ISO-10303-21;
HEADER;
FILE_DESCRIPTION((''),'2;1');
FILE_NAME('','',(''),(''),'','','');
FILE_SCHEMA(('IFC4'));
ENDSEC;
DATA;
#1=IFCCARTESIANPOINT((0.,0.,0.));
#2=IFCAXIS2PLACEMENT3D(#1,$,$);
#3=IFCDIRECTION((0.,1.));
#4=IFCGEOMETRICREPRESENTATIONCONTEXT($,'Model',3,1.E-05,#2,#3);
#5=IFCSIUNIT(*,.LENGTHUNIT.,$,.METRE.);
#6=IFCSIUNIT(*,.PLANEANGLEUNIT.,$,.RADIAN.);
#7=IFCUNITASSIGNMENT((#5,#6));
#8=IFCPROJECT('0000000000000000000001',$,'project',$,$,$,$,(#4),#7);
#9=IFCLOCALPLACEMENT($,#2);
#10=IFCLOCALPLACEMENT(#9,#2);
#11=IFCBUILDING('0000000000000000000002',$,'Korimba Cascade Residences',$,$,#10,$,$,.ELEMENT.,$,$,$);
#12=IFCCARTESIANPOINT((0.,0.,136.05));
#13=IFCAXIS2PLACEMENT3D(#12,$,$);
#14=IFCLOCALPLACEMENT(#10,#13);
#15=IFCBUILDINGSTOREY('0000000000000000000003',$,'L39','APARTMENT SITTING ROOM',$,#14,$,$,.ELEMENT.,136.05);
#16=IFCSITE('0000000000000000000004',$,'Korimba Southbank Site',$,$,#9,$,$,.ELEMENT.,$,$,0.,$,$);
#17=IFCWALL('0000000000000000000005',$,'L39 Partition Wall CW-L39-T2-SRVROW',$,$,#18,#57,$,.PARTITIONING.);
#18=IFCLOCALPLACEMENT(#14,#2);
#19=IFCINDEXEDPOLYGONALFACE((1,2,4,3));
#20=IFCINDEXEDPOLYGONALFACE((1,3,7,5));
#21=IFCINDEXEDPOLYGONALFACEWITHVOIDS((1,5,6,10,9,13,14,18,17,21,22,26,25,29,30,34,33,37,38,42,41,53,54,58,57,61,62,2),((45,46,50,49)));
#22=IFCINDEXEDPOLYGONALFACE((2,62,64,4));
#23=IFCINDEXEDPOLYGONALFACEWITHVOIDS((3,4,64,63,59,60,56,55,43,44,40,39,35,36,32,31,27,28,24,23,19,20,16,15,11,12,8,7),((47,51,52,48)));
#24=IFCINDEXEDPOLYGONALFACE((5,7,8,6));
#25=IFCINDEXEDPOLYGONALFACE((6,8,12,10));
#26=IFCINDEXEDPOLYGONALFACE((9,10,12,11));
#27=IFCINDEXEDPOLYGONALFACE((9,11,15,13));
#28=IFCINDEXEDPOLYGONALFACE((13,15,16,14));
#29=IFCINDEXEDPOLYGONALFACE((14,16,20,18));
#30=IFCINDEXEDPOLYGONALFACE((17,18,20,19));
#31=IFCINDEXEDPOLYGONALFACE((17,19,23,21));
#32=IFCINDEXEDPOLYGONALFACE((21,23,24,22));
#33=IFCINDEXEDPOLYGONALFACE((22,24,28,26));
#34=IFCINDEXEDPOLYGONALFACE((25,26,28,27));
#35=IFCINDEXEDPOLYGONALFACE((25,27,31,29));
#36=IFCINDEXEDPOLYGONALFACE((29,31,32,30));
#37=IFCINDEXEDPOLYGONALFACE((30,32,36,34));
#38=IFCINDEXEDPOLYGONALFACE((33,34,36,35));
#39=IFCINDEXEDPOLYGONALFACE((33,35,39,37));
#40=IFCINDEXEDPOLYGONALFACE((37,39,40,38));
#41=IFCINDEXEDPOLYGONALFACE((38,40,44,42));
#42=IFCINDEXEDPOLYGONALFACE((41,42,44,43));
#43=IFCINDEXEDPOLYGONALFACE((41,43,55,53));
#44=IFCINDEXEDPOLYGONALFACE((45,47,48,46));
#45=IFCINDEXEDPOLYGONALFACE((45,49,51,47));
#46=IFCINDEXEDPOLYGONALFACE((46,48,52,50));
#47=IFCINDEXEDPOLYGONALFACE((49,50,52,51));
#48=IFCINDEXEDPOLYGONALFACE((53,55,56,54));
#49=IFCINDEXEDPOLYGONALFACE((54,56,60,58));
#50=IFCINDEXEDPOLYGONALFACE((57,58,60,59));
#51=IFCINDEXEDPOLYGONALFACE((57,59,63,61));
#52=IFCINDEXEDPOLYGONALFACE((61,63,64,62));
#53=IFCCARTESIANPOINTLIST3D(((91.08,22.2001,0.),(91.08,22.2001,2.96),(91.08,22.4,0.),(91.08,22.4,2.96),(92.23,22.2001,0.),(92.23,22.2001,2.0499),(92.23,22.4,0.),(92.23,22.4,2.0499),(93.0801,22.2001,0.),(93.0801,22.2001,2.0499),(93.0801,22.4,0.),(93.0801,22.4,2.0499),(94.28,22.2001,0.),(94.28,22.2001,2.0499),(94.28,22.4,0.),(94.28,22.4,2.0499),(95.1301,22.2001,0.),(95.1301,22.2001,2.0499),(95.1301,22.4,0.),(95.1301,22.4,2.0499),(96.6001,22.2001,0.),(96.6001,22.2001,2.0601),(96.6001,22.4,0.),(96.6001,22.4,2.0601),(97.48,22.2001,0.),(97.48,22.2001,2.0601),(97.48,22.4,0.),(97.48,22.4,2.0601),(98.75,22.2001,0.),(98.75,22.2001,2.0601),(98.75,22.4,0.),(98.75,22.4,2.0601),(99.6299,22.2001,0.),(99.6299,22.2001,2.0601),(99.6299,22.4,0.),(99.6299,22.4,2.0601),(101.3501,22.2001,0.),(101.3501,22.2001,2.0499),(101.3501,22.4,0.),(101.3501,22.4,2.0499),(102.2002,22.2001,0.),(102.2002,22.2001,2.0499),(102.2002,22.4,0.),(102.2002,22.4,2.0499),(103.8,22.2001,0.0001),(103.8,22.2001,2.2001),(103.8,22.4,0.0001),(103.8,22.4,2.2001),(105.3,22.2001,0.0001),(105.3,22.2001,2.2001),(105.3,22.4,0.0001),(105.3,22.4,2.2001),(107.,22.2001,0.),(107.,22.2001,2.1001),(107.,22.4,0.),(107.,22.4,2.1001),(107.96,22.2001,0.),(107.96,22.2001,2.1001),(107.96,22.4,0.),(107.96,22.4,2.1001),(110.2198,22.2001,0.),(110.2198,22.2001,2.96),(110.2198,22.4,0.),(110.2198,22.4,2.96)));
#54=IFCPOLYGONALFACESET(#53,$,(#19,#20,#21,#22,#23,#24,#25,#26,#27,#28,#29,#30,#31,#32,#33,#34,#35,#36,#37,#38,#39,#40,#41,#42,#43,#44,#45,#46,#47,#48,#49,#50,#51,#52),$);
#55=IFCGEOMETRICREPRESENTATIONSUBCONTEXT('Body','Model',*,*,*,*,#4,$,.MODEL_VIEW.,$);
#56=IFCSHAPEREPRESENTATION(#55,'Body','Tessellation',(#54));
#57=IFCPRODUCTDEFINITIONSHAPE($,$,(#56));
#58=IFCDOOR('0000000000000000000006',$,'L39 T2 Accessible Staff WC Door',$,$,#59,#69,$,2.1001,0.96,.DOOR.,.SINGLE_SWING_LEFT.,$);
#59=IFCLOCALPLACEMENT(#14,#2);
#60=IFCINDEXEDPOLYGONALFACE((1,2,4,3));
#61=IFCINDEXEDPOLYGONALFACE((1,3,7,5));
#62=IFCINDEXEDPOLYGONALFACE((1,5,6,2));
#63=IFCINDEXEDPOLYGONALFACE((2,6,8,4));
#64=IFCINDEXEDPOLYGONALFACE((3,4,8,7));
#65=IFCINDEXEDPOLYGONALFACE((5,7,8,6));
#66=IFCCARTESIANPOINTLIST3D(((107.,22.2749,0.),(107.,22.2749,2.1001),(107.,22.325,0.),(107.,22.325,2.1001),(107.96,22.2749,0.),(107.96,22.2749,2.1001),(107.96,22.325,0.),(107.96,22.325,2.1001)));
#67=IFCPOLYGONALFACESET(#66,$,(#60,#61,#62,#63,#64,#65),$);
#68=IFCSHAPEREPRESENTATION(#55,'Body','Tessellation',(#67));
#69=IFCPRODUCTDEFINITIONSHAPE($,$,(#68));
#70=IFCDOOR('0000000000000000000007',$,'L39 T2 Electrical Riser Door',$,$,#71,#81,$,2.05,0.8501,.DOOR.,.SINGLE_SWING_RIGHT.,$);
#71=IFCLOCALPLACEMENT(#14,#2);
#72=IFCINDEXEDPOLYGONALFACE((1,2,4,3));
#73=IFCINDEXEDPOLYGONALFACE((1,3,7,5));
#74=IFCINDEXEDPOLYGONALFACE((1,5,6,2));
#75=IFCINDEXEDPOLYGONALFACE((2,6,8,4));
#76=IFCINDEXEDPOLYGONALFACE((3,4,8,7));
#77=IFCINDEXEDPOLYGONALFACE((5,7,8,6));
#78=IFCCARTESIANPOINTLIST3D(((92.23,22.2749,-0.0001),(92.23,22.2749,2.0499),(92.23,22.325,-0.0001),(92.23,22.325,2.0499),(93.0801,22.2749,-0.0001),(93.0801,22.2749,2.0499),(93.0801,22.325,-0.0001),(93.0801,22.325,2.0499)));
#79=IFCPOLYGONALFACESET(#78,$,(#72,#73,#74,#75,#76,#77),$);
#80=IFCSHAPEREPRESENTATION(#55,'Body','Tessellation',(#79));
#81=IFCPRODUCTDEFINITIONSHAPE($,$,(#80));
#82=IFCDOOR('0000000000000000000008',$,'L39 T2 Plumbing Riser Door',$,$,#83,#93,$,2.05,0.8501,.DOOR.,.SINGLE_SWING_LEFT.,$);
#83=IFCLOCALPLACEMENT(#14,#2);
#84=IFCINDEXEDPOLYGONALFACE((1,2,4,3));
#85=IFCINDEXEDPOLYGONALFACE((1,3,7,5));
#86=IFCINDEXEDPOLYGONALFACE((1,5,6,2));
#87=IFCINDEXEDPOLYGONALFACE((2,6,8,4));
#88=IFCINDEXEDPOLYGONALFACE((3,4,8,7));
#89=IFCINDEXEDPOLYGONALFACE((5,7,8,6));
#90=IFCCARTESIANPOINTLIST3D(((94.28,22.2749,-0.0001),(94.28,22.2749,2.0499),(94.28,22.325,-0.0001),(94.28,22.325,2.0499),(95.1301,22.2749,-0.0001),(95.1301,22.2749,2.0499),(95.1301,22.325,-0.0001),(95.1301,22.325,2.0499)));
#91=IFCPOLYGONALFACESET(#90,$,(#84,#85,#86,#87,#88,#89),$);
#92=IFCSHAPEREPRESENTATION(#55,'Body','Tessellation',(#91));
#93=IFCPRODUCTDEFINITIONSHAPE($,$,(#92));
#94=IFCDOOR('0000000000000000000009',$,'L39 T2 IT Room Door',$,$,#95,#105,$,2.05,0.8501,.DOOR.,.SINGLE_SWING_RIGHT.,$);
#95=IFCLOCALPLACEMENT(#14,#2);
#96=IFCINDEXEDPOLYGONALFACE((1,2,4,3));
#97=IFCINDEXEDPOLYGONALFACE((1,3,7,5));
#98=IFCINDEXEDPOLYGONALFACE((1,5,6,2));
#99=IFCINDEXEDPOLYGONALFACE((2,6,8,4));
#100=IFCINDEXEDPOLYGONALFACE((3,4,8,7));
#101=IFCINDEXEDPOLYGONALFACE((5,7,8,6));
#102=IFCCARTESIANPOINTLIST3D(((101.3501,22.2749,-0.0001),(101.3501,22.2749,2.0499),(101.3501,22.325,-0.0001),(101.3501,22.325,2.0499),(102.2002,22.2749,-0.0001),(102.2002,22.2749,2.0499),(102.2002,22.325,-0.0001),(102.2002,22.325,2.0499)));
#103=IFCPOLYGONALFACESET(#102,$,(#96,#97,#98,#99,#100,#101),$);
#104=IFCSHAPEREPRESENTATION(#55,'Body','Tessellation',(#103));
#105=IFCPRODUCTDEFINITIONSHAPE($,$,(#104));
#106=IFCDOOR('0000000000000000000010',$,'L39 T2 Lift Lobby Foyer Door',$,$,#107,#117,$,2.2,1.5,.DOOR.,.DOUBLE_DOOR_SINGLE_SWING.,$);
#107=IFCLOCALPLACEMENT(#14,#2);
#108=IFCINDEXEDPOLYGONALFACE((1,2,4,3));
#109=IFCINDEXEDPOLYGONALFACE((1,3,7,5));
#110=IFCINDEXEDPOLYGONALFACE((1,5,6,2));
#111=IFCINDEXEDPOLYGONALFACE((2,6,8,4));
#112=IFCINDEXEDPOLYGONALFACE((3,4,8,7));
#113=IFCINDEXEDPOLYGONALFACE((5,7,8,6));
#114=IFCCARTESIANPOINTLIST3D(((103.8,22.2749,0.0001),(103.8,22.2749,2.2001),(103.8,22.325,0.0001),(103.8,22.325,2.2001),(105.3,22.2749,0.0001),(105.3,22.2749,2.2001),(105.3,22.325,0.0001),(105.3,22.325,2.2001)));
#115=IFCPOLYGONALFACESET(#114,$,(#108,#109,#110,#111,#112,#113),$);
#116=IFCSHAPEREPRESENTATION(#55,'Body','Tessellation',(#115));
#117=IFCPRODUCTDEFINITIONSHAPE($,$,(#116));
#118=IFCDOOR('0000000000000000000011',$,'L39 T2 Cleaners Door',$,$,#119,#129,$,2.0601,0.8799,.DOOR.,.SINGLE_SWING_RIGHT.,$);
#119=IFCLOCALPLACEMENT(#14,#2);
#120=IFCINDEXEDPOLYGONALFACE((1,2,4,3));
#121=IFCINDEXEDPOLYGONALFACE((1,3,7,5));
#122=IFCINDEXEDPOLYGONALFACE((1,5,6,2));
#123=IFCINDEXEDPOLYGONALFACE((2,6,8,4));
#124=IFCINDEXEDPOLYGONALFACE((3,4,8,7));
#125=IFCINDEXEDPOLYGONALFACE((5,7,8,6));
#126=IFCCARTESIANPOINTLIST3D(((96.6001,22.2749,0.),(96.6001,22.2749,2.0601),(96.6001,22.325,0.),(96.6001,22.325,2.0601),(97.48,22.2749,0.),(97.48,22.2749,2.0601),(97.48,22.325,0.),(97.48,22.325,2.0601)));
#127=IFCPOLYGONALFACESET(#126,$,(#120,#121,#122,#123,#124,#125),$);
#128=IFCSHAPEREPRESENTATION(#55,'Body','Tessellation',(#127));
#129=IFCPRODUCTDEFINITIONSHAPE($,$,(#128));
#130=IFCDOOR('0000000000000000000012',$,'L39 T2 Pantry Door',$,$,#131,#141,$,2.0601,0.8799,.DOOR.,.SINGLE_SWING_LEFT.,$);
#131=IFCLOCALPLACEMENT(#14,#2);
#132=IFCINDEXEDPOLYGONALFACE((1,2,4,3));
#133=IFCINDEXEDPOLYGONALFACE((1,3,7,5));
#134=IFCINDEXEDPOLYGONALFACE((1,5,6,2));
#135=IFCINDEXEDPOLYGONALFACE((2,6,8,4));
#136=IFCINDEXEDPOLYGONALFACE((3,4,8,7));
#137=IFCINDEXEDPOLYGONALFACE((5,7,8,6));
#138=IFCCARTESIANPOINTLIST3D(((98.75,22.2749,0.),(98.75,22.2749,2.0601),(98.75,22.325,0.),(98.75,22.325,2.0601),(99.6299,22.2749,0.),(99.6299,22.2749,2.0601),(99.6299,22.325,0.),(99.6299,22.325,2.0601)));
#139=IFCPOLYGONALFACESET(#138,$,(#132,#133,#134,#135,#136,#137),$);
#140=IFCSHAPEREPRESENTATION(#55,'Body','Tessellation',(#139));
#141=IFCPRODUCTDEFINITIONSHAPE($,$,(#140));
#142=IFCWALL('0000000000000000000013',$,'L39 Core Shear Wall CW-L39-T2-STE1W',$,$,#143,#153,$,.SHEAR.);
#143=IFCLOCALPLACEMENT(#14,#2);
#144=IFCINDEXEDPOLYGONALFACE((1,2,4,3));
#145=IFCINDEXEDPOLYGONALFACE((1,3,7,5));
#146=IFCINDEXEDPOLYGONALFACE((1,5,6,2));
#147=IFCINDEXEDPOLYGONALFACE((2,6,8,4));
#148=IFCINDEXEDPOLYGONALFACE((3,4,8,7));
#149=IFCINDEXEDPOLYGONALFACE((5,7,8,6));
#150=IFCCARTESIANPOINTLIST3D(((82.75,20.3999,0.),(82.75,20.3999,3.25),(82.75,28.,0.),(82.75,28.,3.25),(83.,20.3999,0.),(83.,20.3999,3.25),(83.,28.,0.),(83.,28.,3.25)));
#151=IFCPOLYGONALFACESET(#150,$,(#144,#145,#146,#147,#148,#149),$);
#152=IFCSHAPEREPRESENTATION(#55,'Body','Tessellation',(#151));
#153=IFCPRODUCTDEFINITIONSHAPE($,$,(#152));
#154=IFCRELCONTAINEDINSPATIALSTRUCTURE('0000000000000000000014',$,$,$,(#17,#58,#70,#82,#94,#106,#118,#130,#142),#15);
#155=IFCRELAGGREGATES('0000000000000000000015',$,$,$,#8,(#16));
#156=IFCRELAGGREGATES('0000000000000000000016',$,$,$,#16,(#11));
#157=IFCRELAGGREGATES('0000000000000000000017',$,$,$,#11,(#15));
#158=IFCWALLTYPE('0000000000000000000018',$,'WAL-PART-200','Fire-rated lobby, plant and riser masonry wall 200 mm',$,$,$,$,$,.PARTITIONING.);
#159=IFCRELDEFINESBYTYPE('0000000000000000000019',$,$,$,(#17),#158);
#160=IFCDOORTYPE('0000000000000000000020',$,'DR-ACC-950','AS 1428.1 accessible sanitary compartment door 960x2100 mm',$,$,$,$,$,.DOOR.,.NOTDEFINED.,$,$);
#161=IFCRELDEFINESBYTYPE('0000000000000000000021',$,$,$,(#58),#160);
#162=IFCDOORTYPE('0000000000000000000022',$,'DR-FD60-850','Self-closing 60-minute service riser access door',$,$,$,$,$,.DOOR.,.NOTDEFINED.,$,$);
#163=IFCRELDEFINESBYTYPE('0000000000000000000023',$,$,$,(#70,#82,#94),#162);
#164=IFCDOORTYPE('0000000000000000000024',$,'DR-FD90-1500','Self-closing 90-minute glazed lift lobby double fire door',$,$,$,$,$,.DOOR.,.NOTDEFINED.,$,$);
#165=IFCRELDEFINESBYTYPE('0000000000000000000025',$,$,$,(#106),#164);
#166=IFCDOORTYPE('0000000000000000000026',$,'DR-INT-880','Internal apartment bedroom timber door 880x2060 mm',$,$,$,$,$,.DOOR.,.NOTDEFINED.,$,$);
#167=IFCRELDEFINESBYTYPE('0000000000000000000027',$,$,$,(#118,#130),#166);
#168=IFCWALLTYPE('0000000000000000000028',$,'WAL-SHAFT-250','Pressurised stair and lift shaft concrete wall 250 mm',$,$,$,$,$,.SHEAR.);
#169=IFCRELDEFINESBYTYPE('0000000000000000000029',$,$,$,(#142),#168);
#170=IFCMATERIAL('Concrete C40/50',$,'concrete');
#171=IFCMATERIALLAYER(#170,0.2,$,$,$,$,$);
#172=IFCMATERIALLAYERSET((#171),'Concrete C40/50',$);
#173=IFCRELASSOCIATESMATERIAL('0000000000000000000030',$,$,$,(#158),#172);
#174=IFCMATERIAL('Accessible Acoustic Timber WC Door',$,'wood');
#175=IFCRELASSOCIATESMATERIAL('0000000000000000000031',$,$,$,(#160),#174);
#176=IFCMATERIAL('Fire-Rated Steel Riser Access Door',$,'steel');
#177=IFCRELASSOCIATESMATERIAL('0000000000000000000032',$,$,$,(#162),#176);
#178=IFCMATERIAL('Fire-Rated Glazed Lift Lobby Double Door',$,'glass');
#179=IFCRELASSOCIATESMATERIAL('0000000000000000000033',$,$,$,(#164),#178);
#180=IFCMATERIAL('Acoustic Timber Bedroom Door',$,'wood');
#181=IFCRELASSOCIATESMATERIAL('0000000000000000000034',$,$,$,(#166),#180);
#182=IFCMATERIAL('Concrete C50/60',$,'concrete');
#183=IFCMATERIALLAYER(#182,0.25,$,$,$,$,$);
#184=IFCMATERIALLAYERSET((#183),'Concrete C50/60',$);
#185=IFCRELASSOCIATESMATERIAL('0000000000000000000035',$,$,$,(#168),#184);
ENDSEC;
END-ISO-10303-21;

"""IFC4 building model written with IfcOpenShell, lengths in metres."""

from ifc_helpers import new_model, si_unit, direction, frame, frame_2d, origin, place, context, subcontext, project, spatial, rectangle, extrude, material, layer, layer_set, type_object, element, fill, save


model = new_model("IFC4")

# Units and contexts
model_context = context("Model", 3, precision=1e-05, world=origin(), true_north=direction((0.0, 1.0)))
body_context = subcontext(model_context, "Body", "Model", "MODEL_VIEW")
ifc_project = project(units=[si_unit("LENGTHUNIT", "METRE"), si_unit("PLANEANGLEUNIT", "RADIAN")], contexts=[model_context])

# Site, building, storey
site_placement = place(None, origin())
site = spatial("IfcSite", under=ifc_project, at=site_placement, Name="Korimba Southbank Site", CompositionType="ELEMENT", RefElevation=0.0)
building_placement = place(site_placement, origin())
building = spatial("IfcBuilding", under=site, at=building_placement, Name="Korimba Cascade Residences", CompositionType="ELEMENT")
storey_placement = place(building_placement, frame((0.0, 0.0, 136.05)))
storey = spatial("IfcBuildingStorey", under=building, at=storey_placement, Name="L39", Description="APARTMENT SITTING ROOM", CompositionType="ELEMENT", Elevation=136.05)

# Shared definitions
ifc_material_1 = material(Name="Concrete C40/50", Category="concrete")
ifc_layer_1 = layer(ifc_material_1, 0.2)
ifc_layer_set_1 = layer_set([ifc_layer_1], Name="Concrete C40/50")
wall_type_1 = type_object("IfcWallType", Name="WAL-PART-200", Description="Fire-rated lobby, plant and riser masonry wall 200 mm", PredefinedType="PARTITIONING", material=ifc_layer_set_1)

# Wall, openings, doors
wall_1_placement = place(storey_placement, frame((91.0801, 22.3, 0.0), z_axis=(0.0, 0.0, 1.0), x_axis=(1.0, 0.0, 0.0)))
wall_1 = element("IfcWall", 1, at=wall_1_placement, inside=storey, type_object=wall_type_1, Name="L39 Partition Wall CW-L39-T2-SRVROW", PredefinedType="PARTITIONING", context=body_context, shape_type="SweptSolid", body=[
    extrude(rectangle(XDim=19.1399, YDim=0.2, at=frame_2d((9.5698, 0.0))), origin(), (0.0, 0.0, 1.0), 2.96),
])
opening_1_placement = place(wall_1_placement, frame((1.1499, 0.0, 0.0)))
opening_1 = element("IfcOpeningElement", 2, at=opening_1_placement, cuts=wall_1, PredefinedType="OPENING", context=body_context, shape_type="SweptSolid", body=[
    extrude(rectangle(XDim=0.8501, YDim=2.05, at=frame_2d((0.425, 1.0249))), frame((0.0, 0.1099, 0.0), z_axis=(0.0, -1.0, 0.0), x_axis=(1.0, 0.0, 0.0)), (0.0, 0.0, 1.0), 0.22),
])
opening_2_placement = place(wall_1_placement, frame((3.2, 0.0, 0.0)))
opening_2 = element("IfcOpeningElement", 3, at=opening_2_placement, cuts=wall_1, PredefinedType="OPENING", context=body_context, shape_type="SweptSolid", body=[
    extrude(rectangle(XDim=0.8501, YDim=2.05, at=frame_2d((0.425, 1.0249))), frame((0.0, 0.1099, 0.0), z_axis=(0.0, -1.0, 0.0), x_axis=(1.0, 0.0, 0.0)), (0.0, 0.0, 1.0), 0.22),
])
opening_3_placement = place(wall_1_placement, frame((12.72, 0.0, 0.0)))
opening_3 = element("IfcOpeningElement", 4, at=opening_3_placement, cuts=wall_1, PredefinedType="OPENING", context=body_context, shape_type="SweptSolid", body=[
    extrude(rectangle(XDim=1.5, YDim=2.2, at=frame_2d((0.75, 1.1001))), frame((0.0, 0.1099, 0.0), z_axis=(0.0, -1.0, 0.0), x_axis=(1.0, 0.0, 0.0)), (0.0, 0.0, 1.0), 0.22),
])
opening_4_placement = place(wall_1_placement, frame((5.52, 0.0, 0.0)))
opening_4 = element("IfcOpeningElement", 5, at=opening_4_placement, cuts=wall_1, PredefinedType="OPENING", context=body_context, shape_type="SweptSolid", body=[
    extrude(rectangle(XDim=0.8799, YDim=2.0601, at=frame_2d((0.4399, 1.03))), frame((0.0, 0.1099, 0.0), z_axis=(0.0, -1.0, 0.0), x_axis=(1.0, 0.0, 0.0)), (0.0, 0.0, 1.0), 0.22),
])
opening_5_placement = place(wall_1_placement, frame((7.6699, 0.0, 0.0)))
opening_5 = element("IfcOpeningElement", 6, at=opening_5_placement, cuts=wall_1, PredefinedType="OPENING", context=body_context, shape_type="SweptSolid", body=[
    extrude(rectangle(XDim=0.8799, YDim=2.0601, at=frame_2d((0.4399, 1.03))), frame((0.0, 0.1099, 0.0), z_axis=(0.0, -1.0, 0.0), x_axis=(1.0, 0.0, 0.0)), (0.0, 0.0, 1.0), 0.22),
])
opening_6_placement = place(wall_1_placement, frame((10.27, 0.0, 0.0)))
opening_6 = element("IfcOpeningElement", 7, at=opening_6_placement, cuts=wall_1, PredefinedType="OPENING", context=body_context, shape_type="SweptSolid", body=[
    extrude(rectangle(XDim=0.8501, YDim=2.05, at=frame_2d((0.425, 1.0249))), frame((0.0, 0.1099, 0.0), z_axis=(0.0, -1.0, 0.0), x_axis=(1.0, 0.0, 0.0)), (0.0, 0.0, 1.0), 0.22),
])
opening_7_placement = place(wall_1_placement, frame((15.9199, 0.0, 0.0)))
opening_7 = element("IfcOpeningElement", 8, at=opening_7_placement, cuts=wall_1, PredefinedType="OPENING", context=body_context, shape_type="SweptSolid", body=[
    extrude(rectangle(XDim=0.96, YDim=2.1001, at=frame_2d((0.48, 1.05))), frame((0.0, 0.1099, 0.0), z_axis=(0.0, -1.0, 0.0), x_axis=(1.0, 0.0, 0.0)), (0.0, 0.0, 1.0), 0.22),
])
ifc_material_2 = material(Name="Accessible Acoustic Timber WC Door", Category="wood")
door_type_1 = type_object("IfcDoorType", Name="DR-ACC-950", Description="AS 1428.1 accessible sanitary compartment door 960x2100 mm", OperationType="NOTDEFINED", PredefinedType="DOOR", material=ifc_material_2)
door_1_placement = place(opening_7_placement, origin())
door_1 = element("IfcDoor", 9, at=door_1_placement, inside=storey, type_object=door_type_1, Name="L39 T2 Accessible Staff WC Door", OperationType="SINGLE_SWING_LEFT", OverallHeight=2.1001, OverallWidth=0.96, PredefinedType="DOOR", context=body_context, shape_type="SweptSolid", body=[
    extrude(rectangle(XDim=0.96, YDim=2.1001, at=frame_2d((0.48, 1.05))), frame((0.0, 0.0249, 0.0), z_axis=(0.0, -1.0, 0.0), x_axis=(1.0, 0.0, 0.0)), (0.0, 0.0, 1.0), 0.05),
])
fill(opening_7, door_1)
ifc_material_3 = material(Name="Fire-Rated Steel Riser Access Door", Category="steel")
door_type_2 = type_object("IfcDoorType", Name="DR-FD60-850", Description="Self-closing 60-minute service riser access door", OperationType="NOTDEFINED", PredefinedType="DOOR", material=ifc_material_3)
door_2_placement = place(opening_1_placement, origin())
door_2 = element("IfcDoor", 10, at=door_2_placement, inside=storey, type_object=door_type_2, Name="L39 T2 Electrical Riser Door", OperationType="SINGLE_SWING_RIGHT", OverallHeight=2.05, OverallWidth=0.8501, PredefinedType="DOOR", context=body_context, shape_type="SweptSolid", body=[
    extrude(rectangle(XDim=0.8501, YDim=2.05, at=frame_2d((0.425, 1.0249))), frame((0.0, 0.0249, 0.0), z_axis=(0.0, -1.0, 0.0), x_axis=(1.0, 0.0, 0.0)), (0.0, 0.0, 1.0), 0.05),
])
fill(opening_1, door_2)
door_3_placement = place(opening_2_placement, origin())
door_3 = element("IfcDoor", 11, at=door_3_placement, inside=storey, type_object=door_type_2, Name="L39 T2 Plumbing Riser Door", OperationType="SINGLE_SWING_LEFT", OverallHeight=2.05, OverallWidth=0.8501, PredefinedType="DOOR", context=body_context, shape_type="SweptSolid", body=[
    extrude(rectangle(XDim=0.8501, YDim=2.05, at=frame_2d((0.425, 1.0249))), frame((0.0, 0.0249, 0.0), z_axis=(0.0, -1.0, 0.0), x_axis=(1.0, 0.0, 0.0)), (0.0, 0.0, 1.0), 0.05),
])
fill(opening_2, door_3)
door_4_placement = place(opening_6_placement, origin())
door_4 = element("IfcDoor", 12, at=door_4_placement, inside=storey, type_object=door_type_2, Name="L39 T2 IT Room Door", OperationType="SINGLE_SWING_RIGHT", OverallHeight=2.05, OverallWidth=0.8501, PredefinedType="DOOR", context=body_context, shape_type="SweptSolid", body=[
    extrude(rectangle(XDim=0.8501, YDim=2.05, at=frame_2d((0.425, 1.0249))), frame((0.0, 0.0249, 0.0), z_axis=(0.0, -1.0, 0.0), x_axis=(1.0, 0.0, 0.0)), (0.0, 0.0, 1.0), 0.05),
])
fill(opening_6, door_4)
ifc_material_4 = material(Name="Fire-Rated Glazed Lift Lobby Double Door", Category="glass")
door_type_3 = type_object("IfcDoorType", Name="DR-FD90-1500", Description="Self-closing 90-minute glazed lift lobby double fire door", OperationType="NOTDEFINED", PredefinedType="DOOR", material=ifc_material_4)
door_5_placement = place(opening_3_placement, origin())
door_5 = element("IfcDoor", 13, at=door_5_placement, inside=storey, type_object=door_type_3, Name="L39 T2 Lift Lobby Foyer Door", OperationType="DOUBLE_DOOR_SINGLE_SWING", OverallHeight=2.2, OverallWidth=1.5, PredefinedType="DOOR", context=body_context, shape_type="SweptSolid", body=[
    extrude(rectangle(XDim=1.5, YDim=2.2, at=frame_2d((0.75, 1.1001))), frame((0.0, 0.0249, 0.0), z_axis=(0.0, -1.0, 0.0), x_axis=(1.0, 0.0, 0.0)), (0.0, 0.0, 1.0), 0.05),
])
fill(opening_3, door_5)
ifc_material_5 = material(Name="Acoustic Timber Bedroom Door", Category="wood")
door_type_4 = type_object("IfcDoorType", Name="DR-INT-880", Description="Internal apartment bedroom timber door 880x2060 mm", OperationType="NOTDEFINED", PredefinedType="DOOR", material=ifc_material_5)
door_6_placement = place(opening_4_placement, origin())
door_6 = element("IfcDoor", 14, at=door_6_placement, inside=storey, type_object=door_type_4, Name="L39 T2 Cleaners Door", OperationType="SINGLE_SWING_RIGHT", OverallHeight=2.0601, OverallWidth=0.8799, PredefinedType="DOOR", context=body_context, shape_type="SweptSolid", body=[
    extrude(rectangle(XDim=0.8799, YDim=2.0601, at=frame_2d((0.4399, 1.03))), frame((0.0, 0.0249, 0.0), z_axis=(0.0, -1.0, 0.0), x_axis=(1.0, 0.0, 0.0)), (0.0, 0.0, 1.0), 0.05),
])
fill(opening_4, door_6)
door_7_placement = place(opening_5_placement, origin())
door_7 = element("IfcDoor", 15, at=door_7_placement, inside=storey, type_object=door_type_4, Name="L39 T2 Pantry Door", OperationType="SINGLE_SWING_LEFT", OverallHeight=2.0601, OverallWidth=0.8799, PredefinedType="DOOR", context=body_context, shape_type="SweptSolid", body=[
    extrude(rectangle(XDim=0.8799, YDim=2.0601, at=frame_2d((0.4399, 1.03))), frame((0.0, 0.0249, 0.0), z_axis=(0.0, -1.0, 0.0), x_axis=(1.0, 0.0, 0.0)), (0.0, 0.0, 1.0), 0.05),
])
fill(opening_5, door_7)

# Wall
ifc_material_6 = material(Name="Concrete C50/60", Category="concrete")
ifc_layer_2 = layer(ifc_material_6, 0.25)
ifc_layer_set_2 = layer_set([ifc_layer_2], Name="Concrete C50/60")
wall_type_2 = type_object("IfcWallType", Name="WAL-SHAFT-250", Description="Pressurised stair and lift shaft concrete wall 250 mm", PredefinedType="SHEAR", material=ifc_layer_set_2)
wall_2_placement = place(storey_placement, frame((82.875, 20.3999, 0.0), z_axis=(0.0, 0.0, 1.0), x_axis=(0.0, 1.0, 0.0)))
element("IfcWall", 16, at=wall_2_placement, inside=storey, type_object=wall_type_2, Name="L39 Core Shear Wall CW-L39-T2-STE1W", PredefinedType="SHEAR", context=body_context, shape_type="SweptSolid", body=[
    extrude(rectangle(XDim=7.6001, YDim=0.25, at=frame_2d((3.8, 0.0))), origin(), (0.0, 0.0, 1.0), 3.25),
])

save(model, "model.ifc")
